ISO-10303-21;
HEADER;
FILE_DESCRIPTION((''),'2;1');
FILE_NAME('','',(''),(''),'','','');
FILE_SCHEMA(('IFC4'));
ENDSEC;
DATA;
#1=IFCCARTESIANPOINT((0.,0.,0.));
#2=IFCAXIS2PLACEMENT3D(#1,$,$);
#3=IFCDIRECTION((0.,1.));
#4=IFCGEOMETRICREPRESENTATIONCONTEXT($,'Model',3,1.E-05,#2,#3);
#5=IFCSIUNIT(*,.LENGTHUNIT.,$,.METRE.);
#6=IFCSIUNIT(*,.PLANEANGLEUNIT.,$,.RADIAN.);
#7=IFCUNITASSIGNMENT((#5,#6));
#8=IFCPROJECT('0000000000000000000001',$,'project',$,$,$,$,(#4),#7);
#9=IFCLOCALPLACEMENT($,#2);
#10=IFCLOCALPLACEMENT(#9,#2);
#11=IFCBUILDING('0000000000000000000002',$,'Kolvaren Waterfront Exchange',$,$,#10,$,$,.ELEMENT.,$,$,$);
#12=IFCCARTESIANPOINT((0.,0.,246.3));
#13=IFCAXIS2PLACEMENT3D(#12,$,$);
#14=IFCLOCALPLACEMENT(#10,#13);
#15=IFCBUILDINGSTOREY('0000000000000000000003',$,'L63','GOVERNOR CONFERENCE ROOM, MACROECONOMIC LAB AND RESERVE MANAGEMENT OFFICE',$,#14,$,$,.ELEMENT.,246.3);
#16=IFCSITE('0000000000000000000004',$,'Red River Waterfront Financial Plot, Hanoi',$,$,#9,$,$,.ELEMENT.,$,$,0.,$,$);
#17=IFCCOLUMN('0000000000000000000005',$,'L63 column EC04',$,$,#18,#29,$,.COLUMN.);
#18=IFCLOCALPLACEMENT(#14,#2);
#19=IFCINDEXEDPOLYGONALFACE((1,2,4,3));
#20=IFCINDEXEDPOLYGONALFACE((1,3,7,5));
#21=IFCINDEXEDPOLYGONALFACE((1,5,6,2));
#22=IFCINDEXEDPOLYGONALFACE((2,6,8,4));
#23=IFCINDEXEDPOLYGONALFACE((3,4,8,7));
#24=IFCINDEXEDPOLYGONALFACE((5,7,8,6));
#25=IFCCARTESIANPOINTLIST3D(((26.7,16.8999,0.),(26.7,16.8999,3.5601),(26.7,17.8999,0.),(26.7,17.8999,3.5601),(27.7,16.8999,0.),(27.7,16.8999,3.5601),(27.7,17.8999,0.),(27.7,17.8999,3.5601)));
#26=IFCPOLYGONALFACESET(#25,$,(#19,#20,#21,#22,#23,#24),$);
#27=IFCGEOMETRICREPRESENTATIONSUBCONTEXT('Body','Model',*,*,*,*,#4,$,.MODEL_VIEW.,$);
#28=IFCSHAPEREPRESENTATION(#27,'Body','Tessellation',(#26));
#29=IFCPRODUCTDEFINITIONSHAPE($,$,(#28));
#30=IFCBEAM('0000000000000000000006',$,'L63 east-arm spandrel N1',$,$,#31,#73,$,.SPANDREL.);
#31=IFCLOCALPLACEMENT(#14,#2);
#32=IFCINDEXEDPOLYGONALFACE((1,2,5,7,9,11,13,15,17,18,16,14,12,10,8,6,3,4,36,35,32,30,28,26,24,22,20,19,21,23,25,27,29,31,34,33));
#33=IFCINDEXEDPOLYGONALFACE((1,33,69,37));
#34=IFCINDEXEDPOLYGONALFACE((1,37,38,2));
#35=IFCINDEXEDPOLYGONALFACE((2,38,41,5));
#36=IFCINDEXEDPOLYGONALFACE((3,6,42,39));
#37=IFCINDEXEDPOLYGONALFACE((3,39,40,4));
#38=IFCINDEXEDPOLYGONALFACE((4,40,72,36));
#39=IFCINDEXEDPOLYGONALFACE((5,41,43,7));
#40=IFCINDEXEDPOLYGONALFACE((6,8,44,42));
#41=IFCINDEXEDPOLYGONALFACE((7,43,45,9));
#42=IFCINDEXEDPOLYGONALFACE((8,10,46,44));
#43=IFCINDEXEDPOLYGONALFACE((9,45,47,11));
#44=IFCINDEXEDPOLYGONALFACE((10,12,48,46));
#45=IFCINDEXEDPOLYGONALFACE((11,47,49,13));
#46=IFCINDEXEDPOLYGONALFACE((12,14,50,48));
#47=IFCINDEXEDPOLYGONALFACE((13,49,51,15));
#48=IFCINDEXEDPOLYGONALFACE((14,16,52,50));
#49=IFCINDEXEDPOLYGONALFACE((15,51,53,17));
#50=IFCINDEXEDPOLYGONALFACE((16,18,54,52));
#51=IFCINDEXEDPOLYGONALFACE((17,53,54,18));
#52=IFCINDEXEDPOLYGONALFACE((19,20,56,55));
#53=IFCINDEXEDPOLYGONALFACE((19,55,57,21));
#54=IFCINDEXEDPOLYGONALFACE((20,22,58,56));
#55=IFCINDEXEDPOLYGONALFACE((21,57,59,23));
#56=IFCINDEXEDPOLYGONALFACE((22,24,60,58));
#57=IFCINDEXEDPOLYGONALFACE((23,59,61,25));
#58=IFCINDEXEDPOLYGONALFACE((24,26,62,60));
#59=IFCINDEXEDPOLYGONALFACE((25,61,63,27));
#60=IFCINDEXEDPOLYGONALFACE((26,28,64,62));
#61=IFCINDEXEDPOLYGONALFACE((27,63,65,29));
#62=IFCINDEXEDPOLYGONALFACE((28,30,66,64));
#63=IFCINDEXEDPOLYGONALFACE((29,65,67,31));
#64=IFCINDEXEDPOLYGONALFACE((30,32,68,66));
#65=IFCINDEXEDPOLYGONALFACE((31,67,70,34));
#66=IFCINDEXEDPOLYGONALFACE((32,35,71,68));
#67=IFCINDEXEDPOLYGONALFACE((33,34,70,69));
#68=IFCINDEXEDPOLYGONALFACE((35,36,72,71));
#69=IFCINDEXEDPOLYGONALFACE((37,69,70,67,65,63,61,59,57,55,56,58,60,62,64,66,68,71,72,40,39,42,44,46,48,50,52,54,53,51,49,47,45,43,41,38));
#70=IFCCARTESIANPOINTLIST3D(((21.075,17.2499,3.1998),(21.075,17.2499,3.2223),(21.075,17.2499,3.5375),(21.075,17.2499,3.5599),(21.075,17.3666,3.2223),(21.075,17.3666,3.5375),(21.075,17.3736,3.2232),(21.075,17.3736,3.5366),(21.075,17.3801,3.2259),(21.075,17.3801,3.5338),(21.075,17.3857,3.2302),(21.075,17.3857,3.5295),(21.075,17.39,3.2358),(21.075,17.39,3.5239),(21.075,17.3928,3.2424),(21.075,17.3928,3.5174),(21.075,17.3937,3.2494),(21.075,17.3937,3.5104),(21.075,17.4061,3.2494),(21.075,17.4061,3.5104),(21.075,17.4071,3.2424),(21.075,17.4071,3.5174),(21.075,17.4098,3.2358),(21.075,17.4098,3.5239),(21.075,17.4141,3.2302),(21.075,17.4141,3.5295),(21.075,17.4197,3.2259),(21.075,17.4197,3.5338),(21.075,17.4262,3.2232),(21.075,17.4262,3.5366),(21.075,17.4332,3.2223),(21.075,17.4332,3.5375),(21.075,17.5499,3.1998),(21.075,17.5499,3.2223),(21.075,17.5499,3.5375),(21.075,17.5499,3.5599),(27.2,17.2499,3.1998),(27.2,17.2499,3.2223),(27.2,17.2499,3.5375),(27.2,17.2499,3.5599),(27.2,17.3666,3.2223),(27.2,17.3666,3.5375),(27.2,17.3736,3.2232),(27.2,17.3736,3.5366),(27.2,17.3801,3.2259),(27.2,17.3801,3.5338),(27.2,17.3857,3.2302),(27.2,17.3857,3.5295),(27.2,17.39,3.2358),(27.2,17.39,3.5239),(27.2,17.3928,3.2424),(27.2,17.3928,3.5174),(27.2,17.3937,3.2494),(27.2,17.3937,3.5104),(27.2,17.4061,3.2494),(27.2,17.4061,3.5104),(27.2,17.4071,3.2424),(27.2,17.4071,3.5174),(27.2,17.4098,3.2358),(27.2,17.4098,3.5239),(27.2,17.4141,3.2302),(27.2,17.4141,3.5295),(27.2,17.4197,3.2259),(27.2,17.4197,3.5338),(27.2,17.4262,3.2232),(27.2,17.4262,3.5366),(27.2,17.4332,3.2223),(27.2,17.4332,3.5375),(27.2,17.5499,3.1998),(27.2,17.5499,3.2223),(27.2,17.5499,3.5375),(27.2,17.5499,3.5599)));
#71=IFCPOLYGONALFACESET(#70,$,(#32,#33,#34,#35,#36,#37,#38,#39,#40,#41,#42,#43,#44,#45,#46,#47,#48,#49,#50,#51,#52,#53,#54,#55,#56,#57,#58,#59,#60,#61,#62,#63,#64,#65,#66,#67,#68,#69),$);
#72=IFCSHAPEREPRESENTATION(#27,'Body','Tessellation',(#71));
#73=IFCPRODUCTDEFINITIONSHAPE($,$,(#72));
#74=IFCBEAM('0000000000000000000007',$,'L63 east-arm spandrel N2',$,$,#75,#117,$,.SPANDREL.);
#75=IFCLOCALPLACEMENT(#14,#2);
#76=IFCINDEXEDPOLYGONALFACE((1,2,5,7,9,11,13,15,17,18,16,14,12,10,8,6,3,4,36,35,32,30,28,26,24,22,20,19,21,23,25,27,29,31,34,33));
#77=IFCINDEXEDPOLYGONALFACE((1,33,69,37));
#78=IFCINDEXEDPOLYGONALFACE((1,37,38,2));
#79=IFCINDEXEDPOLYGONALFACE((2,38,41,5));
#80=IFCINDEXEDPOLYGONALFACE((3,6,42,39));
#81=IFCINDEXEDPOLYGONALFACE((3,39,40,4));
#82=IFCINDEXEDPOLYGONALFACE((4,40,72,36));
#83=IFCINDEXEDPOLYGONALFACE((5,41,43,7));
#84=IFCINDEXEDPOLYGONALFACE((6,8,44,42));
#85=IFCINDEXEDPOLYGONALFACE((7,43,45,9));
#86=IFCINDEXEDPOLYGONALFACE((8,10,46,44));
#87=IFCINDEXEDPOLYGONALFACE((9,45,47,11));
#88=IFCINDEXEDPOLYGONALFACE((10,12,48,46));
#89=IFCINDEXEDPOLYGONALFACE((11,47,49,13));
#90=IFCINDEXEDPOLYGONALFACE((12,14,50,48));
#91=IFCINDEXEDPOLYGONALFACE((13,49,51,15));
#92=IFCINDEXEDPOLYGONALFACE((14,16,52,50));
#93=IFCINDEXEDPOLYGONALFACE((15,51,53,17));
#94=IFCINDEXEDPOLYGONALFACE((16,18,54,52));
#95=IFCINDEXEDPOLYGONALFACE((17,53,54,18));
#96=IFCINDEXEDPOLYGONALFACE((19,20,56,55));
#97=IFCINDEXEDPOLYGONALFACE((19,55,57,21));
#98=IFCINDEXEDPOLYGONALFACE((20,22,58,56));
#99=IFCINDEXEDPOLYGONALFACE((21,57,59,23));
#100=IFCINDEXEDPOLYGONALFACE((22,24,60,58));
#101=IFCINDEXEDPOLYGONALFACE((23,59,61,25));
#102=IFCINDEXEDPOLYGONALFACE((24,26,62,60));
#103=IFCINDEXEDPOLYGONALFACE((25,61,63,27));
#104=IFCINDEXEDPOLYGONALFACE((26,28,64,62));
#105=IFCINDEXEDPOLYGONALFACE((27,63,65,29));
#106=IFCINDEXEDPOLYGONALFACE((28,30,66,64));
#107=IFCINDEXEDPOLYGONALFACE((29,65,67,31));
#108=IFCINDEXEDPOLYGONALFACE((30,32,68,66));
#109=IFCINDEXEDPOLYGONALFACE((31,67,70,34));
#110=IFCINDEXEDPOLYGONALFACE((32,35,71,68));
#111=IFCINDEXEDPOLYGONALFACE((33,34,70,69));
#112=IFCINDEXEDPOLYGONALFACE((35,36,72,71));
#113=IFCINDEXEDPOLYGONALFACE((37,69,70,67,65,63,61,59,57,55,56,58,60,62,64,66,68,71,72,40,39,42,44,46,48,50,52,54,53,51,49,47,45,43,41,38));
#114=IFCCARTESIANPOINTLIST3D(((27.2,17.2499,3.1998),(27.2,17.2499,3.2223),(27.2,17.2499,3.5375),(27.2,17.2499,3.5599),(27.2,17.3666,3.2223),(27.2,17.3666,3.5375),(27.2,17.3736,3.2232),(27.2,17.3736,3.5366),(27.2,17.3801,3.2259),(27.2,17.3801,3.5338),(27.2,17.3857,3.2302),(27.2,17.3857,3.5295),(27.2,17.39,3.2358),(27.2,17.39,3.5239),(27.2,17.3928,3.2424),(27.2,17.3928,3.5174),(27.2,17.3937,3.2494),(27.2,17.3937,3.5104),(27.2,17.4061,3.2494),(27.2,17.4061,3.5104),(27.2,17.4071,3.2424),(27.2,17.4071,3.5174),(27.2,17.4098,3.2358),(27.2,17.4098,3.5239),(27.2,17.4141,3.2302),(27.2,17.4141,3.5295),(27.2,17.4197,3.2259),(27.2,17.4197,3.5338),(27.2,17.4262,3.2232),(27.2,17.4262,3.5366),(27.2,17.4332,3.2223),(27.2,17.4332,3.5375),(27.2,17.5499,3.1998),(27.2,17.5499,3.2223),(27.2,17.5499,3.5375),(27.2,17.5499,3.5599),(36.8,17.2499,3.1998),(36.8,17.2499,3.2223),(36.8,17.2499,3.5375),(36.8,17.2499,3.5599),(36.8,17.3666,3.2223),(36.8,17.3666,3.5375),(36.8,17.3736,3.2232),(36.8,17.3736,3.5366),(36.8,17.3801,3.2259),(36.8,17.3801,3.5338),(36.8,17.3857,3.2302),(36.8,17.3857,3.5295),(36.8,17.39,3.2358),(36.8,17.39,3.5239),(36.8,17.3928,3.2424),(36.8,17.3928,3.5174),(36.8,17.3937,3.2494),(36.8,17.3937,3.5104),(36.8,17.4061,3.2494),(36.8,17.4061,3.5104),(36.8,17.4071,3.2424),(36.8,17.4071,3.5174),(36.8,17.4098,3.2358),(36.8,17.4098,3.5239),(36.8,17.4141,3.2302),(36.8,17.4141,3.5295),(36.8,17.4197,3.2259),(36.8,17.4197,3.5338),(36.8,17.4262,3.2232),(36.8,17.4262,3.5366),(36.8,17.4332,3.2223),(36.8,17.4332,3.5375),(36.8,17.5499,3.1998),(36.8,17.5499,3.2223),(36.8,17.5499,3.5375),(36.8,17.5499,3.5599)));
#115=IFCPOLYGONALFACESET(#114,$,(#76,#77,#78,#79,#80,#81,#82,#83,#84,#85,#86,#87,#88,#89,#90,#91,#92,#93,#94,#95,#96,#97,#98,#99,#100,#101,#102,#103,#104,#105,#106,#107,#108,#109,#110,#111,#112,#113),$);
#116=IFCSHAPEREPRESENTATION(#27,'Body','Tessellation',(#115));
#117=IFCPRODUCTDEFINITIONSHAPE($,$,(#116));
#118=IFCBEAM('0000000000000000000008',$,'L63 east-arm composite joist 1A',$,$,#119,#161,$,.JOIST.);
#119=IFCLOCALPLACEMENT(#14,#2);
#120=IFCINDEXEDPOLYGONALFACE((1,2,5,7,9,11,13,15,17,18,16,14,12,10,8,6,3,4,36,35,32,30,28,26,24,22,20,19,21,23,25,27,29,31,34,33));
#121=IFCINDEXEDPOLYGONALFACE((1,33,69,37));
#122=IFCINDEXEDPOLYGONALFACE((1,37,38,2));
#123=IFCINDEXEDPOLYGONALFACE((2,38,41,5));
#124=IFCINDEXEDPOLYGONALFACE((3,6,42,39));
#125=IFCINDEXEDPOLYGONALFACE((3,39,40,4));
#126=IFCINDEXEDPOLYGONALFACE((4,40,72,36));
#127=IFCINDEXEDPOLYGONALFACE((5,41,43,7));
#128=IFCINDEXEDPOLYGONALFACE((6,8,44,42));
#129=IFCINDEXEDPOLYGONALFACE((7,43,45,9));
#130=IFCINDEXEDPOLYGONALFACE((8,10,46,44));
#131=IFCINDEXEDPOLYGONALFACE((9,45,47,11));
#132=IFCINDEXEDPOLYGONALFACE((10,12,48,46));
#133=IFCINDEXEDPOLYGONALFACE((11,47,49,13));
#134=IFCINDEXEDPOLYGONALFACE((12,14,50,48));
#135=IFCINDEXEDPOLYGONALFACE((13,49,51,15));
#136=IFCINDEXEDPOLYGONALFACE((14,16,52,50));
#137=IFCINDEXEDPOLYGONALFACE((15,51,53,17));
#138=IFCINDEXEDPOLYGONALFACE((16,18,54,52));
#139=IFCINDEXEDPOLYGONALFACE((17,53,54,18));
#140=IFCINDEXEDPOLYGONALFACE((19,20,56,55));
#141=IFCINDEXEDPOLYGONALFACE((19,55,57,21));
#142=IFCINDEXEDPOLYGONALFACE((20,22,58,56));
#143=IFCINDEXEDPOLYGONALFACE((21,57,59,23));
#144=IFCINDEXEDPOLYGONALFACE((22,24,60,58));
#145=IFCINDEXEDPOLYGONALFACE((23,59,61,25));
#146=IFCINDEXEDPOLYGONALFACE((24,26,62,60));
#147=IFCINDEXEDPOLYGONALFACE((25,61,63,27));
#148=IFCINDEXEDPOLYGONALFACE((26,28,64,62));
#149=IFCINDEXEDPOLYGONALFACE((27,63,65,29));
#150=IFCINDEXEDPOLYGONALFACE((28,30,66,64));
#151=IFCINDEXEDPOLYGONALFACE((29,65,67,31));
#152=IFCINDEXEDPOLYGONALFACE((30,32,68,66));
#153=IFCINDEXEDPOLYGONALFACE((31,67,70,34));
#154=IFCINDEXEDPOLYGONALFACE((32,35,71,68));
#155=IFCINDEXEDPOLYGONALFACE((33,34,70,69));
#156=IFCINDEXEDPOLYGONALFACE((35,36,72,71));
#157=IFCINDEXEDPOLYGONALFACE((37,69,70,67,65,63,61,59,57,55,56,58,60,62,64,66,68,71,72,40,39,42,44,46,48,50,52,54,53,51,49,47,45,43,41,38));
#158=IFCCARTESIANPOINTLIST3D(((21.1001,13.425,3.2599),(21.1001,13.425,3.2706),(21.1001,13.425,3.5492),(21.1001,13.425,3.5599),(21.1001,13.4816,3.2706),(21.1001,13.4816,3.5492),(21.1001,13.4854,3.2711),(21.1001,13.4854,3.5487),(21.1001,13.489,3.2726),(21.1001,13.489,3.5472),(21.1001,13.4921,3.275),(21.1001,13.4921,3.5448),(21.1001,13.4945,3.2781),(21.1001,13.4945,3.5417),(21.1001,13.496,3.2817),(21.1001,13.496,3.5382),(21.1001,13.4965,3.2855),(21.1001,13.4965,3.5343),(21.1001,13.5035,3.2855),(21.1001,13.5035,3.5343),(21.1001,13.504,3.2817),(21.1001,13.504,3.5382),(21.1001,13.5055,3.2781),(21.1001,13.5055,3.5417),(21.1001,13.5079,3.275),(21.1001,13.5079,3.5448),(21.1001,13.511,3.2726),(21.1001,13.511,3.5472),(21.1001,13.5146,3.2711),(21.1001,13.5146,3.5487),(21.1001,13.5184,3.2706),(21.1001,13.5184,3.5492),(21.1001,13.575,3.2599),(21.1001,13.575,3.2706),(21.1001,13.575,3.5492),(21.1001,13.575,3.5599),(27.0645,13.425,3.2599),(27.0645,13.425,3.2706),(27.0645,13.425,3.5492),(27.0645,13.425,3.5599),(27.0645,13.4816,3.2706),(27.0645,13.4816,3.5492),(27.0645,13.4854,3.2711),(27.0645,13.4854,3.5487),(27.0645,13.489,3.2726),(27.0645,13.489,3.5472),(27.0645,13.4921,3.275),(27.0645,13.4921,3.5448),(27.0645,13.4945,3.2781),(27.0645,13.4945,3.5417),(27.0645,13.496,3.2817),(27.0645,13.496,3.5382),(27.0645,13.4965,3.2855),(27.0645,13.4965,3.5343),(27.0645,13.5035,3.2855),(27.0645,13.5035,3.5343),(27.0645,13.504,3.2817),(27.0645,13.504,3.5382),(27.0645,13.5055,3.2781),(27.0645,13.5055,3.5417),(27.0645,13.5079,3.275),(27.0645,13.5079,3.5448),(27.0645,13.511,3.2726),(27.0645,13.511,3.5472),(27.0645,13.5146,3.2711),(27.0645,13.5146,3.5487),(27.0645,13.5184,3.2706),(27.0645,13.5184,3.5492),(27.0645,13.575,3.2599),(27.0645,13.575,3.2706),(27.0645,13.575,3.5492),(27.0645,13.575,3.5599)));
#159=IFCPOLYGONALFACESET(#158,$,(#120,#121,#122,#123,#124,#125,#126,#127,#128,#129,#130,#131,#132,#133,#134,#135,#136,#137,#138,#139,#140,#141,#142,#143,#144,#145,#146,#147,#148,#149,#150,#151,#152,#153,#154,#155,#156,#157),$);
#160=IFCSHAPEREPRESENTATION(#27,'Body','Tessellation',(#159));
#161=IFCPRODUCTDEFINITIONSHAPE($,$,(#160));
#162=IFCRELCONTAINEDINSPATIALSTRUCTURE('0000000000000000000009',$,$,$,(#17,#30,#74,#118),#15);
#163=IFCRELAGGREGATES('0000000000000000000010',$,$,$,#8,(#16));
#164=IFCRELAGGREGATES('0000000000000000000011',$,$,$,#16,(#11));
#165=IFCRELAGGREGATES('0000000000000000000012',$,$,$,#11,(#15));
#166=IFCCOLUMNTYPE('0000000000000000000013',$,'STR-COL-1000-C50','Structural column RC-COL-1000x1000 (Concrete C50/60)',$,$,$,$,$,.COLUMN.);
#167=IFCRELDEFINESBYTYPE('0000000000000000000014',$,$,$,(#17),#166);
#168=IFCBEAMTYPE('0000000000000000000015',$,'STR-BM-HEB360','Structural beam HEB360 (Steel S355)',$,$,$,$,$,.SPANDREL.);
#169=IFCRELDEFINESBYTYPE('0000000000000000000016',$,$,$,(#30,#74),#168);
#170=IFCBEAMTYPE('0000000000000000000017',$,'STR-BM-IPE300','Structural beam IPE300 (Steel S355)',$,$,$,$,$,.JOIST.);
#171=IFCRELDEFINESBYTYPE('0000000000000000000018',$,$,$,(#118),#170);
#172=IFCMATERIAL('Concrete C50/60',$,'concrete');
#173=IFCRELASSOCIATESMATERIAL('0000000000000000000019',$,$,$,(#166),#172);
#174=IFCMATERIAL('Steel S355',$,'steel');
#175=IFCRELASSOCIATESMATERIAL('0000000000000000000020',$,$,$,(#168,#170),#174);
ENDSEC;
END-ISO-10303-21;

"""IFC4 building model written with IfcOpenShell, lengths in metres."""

from ifc_helpers import new_model, si_unit, direction, frame, origin, origin_2d, place, context, subcontext, project, spatial, rectangle, i_section, extrude, material, material_profile, profile_set, type_object, element, save


model = new_model("IFC4")

# Units and contexts
model_context = context("Model", 3, precision=1e-05, world=origin(), true_north=direction((0.0, 1.0)))
body_context = subcontext(model_context, "Body", "Model", "MODEL_VIEW")
ifc_project = project(units=[si_unit("LENGTHUNIT", "METRE"), si_unit("PLANEANGLEUNIT", "RADIAN")], contexts=[model_context])

# Site, building, storey
site_placement = place(None, origin())
site = spatial("IfcSite", under=ifc_project, at=site_placement, Name="Red River Waterfront Financial Plot, Hanoi", CompositionType="ELEMENT", RefElevation=0.0)
building_placement = place(site_placement, origin())
building = spatial("IfcBuilding", under=site, at=building_placement, Name="Kolvaren Waterfront Exchange", CompositionType="ELEMENT")
storey_placement = place(building_placement, frame((0.0, 0.0, 246.3)))
storey = spatial("IfcBuildingStorey", under=building, at=storey_placement, Name="L63", Description="GOVERNOR CONFERENCE ROOM, MACROECONOMIC LAB AND RESERVE MANAGEMENT OFFICE", CompositionType="ELEMENT", Elevation=246.3)

# Column
ifc_material_1 = material(Name="Concrete C50/60", Category="concrete")
ifc_material_profile_1 = material_profile(ifc_material_1, rectangle(XDim=1.0, YDim=1.0, at=origin_2d()), Name="RC-COL-1000x1000")
ifc_profile_set_1 = profile_set([ifc_material_profile_1], Name="Concrete C50/60")
column_type = type_object("IfcColumnType", Name="STR-COL-1000-C50", Description="Structural column RC-COL-1000x1000 (Concrete C50/60)", PredefinedType="COLUMN", material=ifc_profile_set_1)
column_placement = place(storey_placement, frame((27.2, 17.3999, 0.0), z_axis=(0.0, 0.0, 1.0), x_axis=(1.0, 0.0, 0.0)))
element("IfcColumn", 1, at=column_placement, inside=storey, type_object=column_type, Name="L63 column EC04", PredefinedType="COLUMN", context=body_context, shape_type="SweptSolid", body=[
    extrude(rectangle(XDim=1.0, YDim=1.0, at=origin_2d()), origin(), (0.0, 0.0, 1.0), 3.5601),
])

# Beams
ifc_material_2 = material(Name="Steel S355", Category="steel")
ifc_material_profile_2 = material_profile(ifc_material_2, i_section(OverallWidth=0.3, OverallDepth=0.3601, WebThickness=0.0125, FlangeThickness=0.0225, FilletRadius=0.0271, at=origin_2d()), Name="HEB360")
ifc_profile_set_2 = profile_set([ifc_material_profile_2], Name="Steel S355")
beam_type_1 = type_object("IfcBeamType", Name="STR-BM-HEB360", Description="Structural beam HEB360 (Steel S355)", PredefinedType="SPANDREL", material=ifc_profile_set_2)
beam_1_placement = place(storey_placement, frame((21.075, 17.3999, 3.3799), z_axis=(1.0, 0.0, 0.0), x_axis=(0.0, 1.0, 0.0)))
element("IfcBeam", 2, at=beam_1_placement, inside=storey, type_object=beam_type_1, Name="L63 east-arm spandrel N1", PredefinedType="SPANDREL", context=body_context, shape_type="SweptSolid", body=[
    extrude(i_section(OverallWidth=0.3, OverallDepth=0.3601, WebThickness=0.0125, FlangeThickness=0.0225, FilletRadius=0.0271, at=origin_2d()), origin(), (0.0, 0.0, 1.0), 6.125),
])
beam_2_placement = place(storey_placement, frame((27.2, 17.3999, 3.3799), z_axis=(1.0, 0.0, 0.0), x_axis=(0.0, 1.0, 0.0)))
element("IfcBeam", 3, at=beam_2_placement, inside=storey, type_object=beam_type_1, Name="L63 east-arm spandrel N2", PredefinedType="SPANDREL", context=body_context, shape_type="SweptSolid", body=[
    extrude(i_section(OverallWidth=0.3, OverallDepth=0.3601, WebThickness=0.0125, FlangeThickness=0.0225, FilletRadius=0.0271, at=origin_2d()), origin(), (0.0, 0.0, 1.0), 9.6001),
])
ifc_material_profile_3 = material_profile(ifc_material_2, i_section(OverallWidth=0.1499, OverallDepth=0.3, WebThickness=0.0071, FlangeThickness=0.0107, FilletRadius=0.0149, at=origin_2d()), Name="IPE300")
ifc_profile_set_3 = profile_set([ifc_material_profile_3], Name="Steel S355")
beam_type_2 = type_object("IfcBeamType", Name="STR-BM-IPE300", Description="Structural beam IPE300 (Steel S355)", PredefinedType="JOIST", material=ifc_profile_set_3)
for number, where, z_axis, x_axis, name in (
    (4, (21.1001, 13.5, 3.4099), (1.0, 0.0, 0.0), (0.0, 1.0, 0.0), "L63 east-arm composite joist 1A"),
):
    element("IfcBeam", number, at=place(storey_placement, frame(where, z_axis=z_axis, x_axis=x_axis)), inside=storey, type_object=beam_type_2, Name=name, PredefinedType="JOIST", context=body_context, shape_type="SweptSolid", body=[
        extrude(i_section(OverallWidth=0.1499, OverallDepth=0.3, WebThickness=0.0071, FlangeThickness=0.0107, FilletRadius=0.0149, at=origin_2d()), origin(), (0.0, 0.0, 1.0), 5.9644),
    ])

save(model, "model.ifc")
